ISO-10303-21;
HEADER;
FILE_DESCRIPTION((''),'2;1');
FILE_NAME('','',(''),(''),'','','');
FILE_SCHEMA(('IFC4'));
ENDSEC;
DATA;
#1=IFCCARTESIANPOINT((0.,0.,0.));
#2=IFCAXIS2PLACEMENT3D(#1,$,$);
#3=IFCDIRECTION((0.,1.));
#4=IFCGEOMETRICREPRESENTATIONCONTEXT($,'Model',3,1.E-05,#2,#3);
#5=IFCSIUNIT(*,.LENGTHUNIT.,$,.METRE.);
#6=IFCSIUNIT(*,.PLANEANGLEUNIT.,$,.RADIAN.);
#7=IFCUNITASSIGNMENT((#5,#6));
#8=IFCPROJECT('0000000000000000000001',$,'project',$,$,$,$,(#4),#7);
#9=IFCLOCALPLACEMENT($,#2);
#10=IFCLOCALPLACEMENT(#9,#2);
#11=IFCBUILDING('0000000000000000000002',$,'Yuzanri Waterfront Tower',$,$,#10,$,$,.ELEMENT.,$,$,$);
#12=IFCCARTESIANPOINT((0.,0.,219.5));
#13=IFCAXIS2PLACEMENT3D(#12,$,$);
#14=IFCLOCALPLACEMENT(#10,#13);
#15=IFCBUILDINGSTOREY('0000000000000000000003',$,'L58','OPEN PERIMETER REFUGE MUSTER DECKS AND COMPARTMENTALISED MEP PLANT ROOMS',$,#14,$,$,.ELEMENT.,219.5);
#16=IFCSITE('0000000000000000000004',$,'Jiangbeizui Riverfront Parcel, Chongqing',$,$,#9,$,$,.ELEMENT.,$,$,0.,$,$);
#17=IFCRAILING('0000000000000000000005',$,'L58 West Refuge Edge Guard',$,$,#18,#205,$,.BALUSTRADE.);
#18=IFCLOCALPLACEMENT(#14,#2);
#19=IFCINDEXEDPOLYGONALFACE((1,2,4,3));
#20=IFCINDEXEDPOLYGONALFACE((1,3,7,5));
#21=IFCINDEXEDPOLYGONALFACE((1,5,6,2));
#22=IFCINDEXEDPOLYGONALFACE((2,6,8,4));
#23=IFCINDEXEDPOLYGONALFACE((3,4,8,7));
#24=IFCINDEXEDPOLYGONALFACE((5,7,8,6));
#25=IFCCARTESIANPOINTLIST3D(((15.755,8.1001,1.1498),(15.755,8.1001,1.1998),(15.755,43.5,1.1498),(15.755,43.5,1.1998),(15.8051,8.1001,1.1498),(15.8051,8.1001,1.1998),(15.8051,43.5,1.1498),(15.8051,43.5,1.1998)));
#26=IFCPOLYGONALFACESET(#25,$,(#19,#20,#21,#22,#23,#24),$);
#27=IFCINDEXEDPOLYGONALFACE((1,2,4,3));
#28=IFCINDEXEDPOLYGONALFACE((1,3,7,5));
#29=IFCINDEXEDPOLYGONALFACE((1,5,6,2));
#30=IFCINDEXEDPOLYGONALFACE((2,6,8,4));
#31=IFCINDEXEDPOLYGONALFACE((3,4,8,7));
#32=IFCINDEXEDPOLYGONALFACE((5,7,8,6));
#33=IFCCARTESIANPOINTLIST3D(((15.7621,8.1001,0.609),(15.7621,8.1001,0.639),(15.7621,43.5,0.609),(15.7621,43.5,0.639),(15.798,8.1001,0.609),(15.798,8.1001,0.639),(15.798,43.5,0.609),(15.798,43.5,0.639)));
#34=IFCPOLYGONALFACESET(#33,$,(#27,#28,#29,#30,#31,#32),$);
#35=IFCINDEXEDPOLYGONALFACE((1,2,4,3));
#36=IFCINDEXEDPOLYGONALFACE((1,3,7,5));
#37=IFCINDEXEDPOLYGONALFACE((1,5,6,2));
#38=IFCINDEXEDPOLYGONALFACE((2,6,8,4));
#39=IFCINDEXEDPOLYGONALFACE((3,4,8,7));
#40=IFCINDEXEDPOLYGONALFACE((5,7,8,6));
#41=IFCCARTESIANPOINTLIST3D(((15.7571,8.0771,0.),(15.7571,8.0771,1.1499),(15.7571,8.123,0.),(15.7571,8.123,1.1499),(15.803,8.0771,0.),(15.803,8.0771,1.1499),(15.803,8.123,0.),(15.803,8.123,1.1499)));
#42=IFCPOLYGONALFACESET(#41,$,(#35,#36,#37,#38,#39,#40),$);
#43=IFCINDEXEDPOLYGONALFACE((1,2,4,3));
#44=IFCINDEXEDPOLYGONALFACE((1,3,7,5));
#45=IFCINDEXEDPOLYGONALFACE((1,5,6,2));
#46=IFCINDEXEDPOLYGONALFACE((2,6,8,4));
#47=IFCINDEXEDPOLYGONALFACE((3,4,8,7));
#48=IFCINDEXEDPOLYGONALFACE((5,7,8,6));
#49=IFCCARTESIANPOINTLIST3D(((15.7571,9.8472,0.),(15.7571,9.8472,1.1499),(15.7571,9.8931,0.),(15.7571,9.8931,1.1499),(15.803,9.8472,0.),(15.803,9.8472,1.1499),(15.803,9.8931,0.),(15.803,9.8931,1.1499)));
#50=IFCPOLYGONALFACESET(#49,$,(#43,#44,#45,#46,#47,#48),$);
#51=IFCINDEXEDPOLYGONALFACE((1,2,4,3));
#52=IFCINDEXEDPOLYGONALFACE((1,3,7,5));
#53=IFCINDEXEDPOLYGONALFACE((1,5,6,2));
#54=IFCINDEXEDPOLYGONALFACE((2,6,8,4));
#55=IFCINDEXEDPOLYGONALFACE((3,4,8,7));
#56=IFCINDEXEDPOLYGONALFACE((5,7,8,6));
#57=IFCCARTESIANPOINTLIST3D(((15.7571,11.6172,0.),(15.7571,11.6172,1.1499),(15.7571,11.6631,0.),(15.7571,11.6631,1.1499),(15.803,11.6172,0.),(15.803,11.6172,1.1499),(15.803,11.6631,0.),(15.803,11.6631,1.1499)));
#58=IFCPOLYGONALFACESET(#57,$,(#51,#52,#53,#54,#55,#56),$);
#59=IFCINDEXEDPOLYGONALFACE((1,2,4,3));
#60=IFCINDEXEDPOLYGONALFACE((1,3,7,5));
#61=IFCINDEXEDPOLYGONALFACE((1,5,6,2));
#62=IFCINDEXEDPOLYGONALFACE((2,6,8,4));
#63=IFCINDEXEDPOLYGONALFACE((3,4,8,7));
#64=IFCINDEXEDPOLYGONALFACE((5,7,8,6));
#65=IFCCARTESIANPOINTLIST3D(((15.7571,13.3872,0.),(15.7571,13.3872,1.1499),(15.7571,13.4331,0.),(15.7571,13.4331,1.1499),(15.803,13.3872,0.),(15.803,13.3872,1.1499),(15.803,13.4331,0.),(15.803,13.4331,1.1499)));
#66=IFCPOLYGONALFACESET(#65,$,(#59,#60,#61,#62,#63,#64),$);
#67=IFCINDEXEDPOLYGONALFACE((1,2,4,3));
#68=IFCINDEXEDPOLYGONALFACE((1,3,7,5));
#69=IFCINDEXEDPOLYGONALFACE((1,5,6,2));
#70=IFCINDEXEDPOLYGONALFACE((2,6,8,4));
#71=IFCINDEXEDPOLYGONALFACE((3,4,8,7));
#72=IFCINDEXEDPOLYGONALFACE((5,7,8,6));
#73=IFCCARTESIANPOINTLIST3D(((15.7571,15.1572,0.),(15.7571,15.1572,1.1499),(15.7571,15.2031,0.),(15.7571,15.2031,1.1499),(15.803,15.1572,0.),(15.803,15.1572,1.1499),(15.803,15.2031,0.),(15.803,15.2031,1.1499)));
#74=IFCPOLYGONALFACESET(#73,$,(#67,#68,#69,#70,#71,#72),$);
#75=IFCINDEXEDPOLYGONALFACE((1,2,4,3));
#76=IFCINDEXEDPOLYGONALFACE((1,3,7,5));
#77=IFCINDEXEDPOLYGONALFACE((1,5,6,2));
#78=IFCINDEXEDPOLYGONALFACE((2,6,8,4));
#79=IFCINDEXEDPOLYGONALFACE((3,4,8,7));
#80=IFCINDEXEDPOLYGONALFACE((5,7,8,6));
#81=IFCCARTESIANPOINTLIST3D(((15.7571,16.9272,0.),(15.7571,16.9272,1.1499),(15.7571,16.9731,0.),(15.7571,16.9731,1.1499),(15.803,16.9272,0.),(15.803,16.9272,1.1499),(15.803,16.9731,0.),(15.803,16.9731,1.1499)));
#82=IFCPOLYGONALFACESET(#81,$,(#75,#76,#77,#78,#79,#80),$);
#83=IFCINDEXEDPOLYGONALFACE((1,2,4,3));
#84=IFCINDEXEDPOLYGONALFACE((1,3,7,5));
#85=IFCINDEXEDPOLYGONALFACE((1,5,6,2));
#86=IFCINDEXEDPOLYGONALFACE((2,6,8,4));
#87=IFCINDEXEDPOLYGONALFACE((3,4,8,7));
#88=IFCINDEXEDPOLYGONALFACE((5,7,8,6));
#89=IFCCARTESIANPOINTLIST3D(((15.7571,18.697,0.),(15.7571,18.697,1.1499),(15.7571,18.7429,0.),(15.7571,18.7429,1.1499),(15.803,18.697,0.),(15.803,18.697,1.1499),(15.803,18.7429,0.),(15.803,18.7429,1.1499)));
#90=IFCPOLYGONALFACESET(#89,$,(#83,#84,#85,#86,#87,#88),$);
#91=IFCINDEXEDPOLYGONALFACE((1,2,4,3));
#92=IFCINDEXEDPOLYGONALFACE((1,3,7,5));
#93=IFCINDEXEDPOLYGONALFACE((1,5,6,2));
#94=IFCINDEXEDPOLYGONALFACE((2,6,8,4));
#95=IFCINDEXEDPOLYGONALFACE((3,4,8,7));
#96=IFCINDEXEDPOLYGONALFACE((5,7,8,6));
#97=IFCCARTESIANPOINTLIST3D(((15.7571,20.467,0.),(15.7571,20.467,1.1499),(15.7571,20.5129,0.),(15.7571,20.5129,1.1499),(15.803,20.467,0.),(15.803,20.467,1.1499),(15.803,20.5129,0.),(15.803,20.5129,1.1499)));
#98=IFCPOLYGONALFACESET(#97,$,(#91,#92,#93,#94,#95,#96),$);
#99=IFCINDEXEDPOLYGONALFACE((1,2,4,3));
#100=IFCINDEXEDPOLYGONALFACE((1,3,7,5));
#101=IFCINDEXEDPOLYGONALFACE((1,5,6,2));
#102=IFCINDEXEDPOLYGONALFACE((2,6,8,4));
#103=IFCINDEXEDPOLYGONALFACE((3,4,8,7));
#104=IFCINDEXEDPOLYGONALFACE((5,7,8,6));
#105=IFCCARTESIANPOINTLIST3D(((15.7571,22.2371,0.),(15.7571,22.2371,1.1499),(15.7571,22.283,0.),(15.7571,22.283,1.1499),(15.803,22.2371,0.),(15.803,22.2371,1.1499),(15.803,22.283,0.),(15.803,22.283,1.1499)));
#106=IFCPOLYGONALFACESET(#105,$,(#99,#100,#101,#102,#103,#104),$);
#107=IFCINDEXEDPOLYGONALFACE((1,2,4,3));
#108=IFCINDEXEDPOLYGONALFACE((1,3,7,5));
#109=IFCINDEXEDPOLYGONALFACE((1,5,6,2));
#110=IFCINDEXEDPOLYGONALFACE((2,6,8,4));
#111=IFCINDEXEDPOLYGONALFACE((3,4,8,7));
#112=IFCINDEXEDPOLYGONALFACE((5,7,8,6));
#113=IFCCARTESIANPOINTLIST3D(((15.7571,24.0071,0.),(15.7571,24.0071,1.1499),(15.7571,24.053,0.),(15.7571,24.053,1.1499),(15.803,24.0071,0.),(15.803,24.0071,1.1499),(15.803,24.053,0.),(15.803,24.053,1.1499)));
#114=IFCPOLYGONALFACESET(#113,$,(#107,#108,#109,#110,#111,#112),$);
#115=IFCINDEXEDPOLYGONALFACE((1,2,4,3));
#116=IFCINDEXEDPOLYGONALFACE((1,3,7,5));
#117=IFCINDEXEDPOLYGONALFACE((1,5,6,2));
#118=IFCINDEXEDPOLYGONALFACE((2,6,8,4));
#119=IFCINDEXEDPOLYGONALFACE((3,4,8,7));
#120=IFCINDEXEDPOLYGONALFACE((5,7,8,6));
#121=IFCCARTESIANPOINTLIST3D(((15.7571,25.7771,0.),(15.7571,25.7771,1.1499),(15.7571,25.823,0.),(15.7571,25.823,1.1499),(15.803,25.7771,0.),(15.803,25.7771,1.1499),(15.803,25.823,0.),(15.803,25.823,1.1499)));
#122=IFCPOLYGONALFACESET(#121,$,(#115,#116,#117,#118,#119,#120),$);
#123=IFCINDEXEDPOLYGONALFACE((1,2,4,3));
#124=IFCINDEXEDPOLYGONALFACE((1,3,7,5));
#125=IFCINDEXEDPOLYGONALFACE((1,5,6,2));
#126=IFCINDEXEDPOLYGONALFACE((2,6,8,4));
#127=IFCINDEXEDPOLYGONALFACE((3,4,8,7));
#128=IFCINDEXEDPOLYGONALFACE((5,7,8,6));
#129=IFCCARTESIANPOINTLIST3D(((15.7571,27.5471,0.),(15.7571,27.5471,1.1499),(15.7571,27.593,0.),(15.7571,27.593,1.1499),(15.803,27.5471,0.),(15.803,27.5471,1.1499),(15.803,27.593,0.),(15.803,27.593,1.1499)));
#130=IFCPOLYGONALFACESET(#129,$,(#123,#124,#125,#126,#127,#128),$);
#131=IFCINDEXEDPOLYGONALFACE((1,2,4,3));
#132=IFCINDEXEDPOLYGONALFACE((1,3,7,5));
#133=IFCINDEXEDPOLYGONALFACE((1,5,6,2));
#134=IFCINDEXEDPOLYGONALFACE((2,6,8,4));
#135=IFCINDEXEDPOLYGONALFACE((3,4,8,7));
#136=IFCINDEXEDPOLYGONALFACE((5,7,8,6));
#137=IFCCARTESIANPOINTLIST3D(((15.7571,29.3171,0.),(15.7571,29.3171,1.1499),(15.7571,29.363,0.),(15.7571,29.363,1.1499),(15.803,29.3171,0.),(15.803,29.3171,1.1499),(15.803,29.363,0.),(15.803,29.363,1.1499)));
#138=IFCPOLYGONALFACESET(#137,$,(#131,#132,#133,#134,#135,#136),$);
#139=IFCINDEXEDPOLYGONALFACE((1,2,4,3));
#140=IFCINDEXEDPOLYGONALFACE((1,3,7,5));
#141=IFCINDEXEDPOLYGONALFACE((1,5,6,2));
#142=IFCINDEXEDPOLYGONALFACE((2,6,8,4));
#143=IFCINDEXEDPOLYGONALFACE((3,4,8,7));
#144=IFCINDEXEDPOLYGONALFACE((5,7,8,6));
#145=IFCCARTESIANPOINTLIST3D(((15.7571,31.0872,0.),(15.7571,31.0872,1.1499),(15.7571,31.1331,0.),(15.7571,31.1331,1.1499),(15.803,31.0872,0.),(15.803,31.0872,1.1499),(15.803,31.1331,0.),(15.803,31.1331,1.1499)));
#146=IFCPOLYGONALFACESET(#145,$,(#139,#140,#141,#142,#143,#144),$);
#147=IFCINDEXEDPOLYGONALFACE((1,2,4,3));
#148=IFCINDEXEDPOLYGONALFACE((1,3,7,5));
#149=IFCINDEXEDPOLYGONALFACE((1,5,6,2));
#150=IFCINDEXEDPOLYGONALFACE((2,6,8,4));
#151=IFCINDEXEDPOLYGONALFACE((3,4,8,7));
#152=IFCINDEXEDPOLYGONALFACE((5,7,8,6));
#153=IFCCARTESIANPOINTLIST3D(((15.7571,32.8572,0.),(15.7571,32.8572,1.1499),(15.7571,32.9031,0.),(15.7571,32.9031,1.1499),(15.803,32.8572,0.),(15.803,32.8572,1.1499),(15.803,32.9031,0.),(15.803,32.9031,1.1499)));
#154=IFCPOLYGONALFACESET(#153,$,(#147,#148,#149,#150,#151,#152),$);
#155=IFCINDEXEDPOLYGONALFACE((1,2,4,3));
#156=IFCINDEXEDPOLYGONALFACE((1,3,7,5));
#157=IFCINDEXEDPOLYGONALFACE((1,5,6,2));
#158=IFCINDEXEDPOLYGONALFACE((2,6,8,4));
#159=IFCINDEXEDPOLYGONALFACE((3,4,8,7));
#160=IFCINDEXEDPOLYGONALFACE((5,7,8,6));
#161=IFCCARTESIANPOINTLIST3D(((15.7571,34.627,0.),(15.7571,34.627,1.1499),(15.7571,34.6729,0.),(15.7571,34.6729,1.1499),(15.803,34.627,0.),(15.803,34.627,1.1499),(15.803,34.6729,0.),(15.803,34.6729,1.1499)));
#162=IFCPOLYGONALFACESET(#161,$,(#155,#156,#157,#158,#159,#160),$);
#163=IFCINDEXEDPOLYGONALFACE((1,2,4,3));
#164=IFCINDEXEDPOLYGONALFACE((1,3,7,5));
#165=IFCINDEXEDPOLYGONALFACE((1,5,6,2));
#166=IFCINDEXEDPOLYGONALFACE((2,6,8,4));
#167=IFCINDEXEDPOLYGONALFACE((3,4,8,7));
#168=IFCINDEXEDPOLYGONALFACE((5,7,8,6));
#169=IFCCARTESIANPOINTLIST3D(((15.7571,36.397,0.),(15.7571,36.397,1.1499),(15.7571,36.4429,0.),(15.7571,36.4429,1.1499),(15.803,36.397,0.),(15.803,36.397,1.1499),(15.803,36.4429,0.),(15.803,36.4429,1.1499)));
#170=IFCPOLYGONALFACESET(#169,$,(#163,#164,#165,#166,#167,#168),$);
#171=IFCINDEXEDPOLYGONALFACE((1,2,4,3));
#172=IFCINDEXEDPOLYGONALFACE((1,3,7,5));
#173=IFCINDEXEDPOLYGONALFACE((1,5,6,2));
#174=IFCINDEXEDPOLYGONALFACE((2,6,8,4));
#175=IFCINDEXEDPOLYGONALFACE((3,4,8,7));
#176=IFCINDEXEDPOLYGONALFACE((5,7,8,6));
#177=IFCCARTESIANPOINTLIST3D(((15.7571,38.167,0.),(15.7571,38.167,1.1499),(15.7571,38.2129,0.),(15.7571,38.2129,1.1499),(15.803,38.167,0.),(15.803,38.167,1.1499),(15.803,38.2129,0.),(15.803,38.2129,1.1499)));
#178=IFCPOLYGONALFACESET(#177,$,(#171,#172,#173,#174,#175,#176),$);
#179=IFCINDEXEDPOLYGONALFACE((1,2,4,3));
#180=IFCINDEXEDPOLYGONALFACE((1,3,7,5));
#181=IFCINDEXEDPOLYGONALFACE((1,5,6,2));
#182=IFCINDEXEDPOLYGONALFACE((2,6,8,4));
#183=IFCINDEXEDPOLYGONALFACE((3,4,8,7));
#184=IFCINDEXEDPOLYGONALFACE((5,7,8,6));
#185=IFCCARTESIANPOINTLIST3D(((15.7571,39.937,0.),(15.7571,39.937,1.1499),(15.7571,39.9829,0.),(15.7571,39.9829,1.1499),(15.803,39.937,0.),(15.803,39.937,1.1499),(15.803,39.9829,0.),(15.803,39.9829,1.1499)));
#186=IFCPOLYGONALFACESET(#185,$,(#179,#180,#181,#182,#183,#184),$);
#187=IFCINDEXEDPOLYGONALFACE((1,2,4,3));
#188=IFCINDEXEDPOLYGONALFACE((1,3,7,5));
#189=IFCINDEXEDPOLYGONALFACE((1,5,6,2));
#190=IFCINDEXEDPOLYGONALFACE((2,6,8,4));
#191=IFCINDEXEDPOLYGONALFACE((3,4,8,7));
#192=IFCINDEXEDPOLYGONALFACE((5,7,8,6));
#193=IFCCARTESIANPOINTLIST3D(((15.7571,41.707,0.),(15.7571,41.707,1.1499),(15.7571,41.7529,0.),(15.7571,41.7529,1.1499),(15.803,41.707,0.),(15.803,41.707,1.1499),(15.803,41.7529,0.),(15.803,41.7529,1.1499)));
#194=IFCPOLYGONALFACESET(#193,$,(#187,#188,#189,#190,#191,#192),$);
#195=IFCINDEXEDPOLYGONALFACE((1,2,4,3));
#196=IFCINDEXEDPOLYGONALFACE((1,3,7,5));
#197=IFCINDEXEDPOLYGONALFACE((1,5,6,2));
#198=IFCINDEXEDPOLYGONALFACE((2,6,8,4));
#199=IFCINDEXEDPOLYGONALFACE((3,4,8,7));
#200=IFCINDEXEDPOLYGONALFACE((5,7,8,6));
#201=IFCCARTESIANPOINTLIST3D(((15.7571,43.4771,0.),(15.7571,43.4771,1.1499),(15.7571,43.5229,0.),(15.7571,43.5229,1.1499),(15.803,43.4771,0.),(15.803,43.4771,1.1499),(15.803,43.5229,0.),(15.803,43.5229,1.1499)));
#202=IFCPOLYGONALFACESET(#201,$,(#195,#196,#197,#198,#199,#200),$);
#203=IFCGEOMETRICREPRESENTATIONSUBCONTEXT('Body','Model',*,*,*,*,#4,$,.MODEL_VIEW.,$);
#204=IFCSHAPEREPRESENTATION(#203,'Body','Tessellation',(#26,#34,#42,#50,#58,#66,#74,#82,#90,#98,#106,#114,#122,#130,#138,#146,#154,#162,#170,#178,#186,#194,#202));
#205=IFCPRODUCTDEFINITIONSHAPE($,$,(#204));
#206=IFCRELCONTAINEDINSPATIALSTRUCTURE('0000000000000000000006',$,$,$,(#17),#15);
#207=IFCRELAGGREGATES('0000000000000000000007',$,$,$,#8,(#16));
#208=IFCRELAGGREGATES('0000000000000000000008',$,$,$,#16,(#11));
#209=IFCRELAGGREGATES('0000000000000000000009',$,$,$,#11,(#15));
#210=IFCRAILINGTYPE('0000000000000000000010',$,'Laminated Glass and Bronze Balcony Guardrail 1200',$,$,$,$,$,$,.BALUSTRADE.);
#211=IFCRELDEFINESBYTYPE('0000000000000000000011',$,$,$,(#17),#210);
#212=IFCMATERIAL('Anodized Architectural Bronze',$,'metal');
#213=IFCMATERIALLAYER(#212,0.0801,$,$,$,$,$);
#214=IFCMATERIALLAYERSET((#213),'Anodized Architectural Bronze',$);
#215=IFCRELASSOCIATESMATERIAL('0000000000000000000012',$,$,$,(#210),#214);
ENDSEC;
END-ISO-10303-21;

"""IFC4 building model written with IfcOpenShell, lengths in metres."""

from ifc_helpers import new_model, si_unit, direction, frame, origin, origin_2d, place, context, subcontext, project, spatial, rectangle, extrude, source, transform, mapped, material, layer, layer_set, type_object, element, save


model = new_model("IFC4")

# Units and contexts
model_context = context("Model", 3, precision=1e-05, world=origin(), true_north=direction((0.0, 1.0)))
body_context = subcontext(model_context, "Body", "Model", "MODEL_VIEW")
ifc_project = project(units=[si_unit("LENGTHUNIT", "METRE"), si_unit("PLANEANGLEUNIT", "RADIAN")], contexts=[model_context])

# Site, building, storey
site_placement = place(None, origin())
site = spatial("IfcSite", under=ifc_project, at=site_placement, Name="Jiangbeizui Riverfront Parcel, Chongqing", CompositionType="ELEMENT", RefElevation=0.0)
building_placement = place(site_placement, origin())
building = spatial("IfcBuilding", under=site, at=building_placement, Name="Yuzanri Waterfront Tower", CompositionType="ELEMENT")
storey_placement = place(building_placement, frame((0.0, 0.0, 219.5)))
storey = spatial("IfcBuildingStorey", under=building, at=storey_placement, Name="L58", Description="OPEN PERIMETER REFUGE MUSTER DECKS AND COMPARTMENTALISED MEP PLANT ROOMS", CompositionType="ELEMENT", Elevation=219.5)

# Railing
ifc_material_1 = material(Name="Anodized Architectural Bronze", Category="metal")
ifc_layer_1 = layer(ifc_material_1, 0.0801)
ifc_layer_set_1 = layer_set([ifc_layer_1], Name="Anodized Architectural Bronze")
railing_type = type_object("IfcRailingType", Name="Laminated Glass and Bronze Balcony Guardrail 1200", PredefinedType="BALUSTRADE", material=ifc_layer_set_1)
shared_shape_1 = source(origin(), body_context, "Body", "SweptSolid", [
    extrude(rectangle(XDim=0.05, YDim=0.05, at=origin_2d()), frame((0.0, 0.0, 1.1748), z_axis=(0.0, 1.0, 0.0), x_axis=(-1.0, 0.0, 0.0)), (0.0, 0.0, 1.0), 35.3999),
    extrude(rectangle(XDim=0.0359, YDim=0.03, at=origin_2d()), frame((0.0, 0.0, 0.624), z_axis=(0.0, 1.0, 0.0), x_axis=(-1.0, 0.0, 0.0)), (0.0, 0.0, 1.0), 35.3999),
    extrude(rectangle(XDim=0.0459, YDim=0.0459, at=origin_2d()), origin(), (0.0, 0.0, 1.0), 1.1499),
    extrude(rectangle(XDim=0.0459, YDim=0.0459, at=origin_2d()), frame((0.0, 1.77, 0.0)), (0.0, 0.0, 1.0), 1.1499),
    extrude(rectangle(XDim=0.0459, YDim=0.0459, at=origin_2d()), frame((0.0, 3.54, 0.0)), (0.0, 0.0, 1.0), 1.1499),
    extrude(rectangle(XDim=0.0459, YDim=0.0459, at=origin_2d()), frame((0.0, 5.3101, 0.0)), (0.0, 0.0, 1.0), 1.1499),
    extrude(rectangle(XDim=0.0459, YDim=0.0459, at=origin_2d()), frame((0.0, 7.0801, 0.0)), (0.0, 0.0, 1.0), 1.1499),
    extrude(rectangle(XDim=0.0459, YDim=0.0459, at=origin_2d()), frame((0.0, 8.8501, 0.0)), (0.0, 0.0, 1.0), 1.1499),
    extrude(rectangle(XDim=0.0459, YDim=0.0459, at=origin_2d()), frame((0.0, 10.6199, 0.0)), (0.0, 0.0, 1.0), 1.1499),
    extrude(rectangle(XDim=0.0459, YDim=0.0459, at=origin_2d()), frame((0.0, 12.3899, 0.0)), (0.0, 0.0, 1.0), 1.1499),
    extrude(rectangle(XDim=0.0459, YDim=0.0459, at=origin_2d()), frame((0.0, 14.1599, 0.0)), (0.0, 0.0, 1.0), 1.1499),
    extrude(rectangle(XDim=0.0459, YDim=0.0459, at=origin_2d()), frame((0.0, 15.9299, 0.0)), (0.0, 0.0, 1.0), 1.1499),
    extrude(rectangle(XDim=0.0459, YDim=0.0459, at=origin_2d()), frame((0.0, 17.7, 0.0)), (0.0, 0.0, 1.0), 1.1499),
    extrude(rectangle(XDim=0.0459, YDim=0.0459, at=origin_2d()), frame((0.0, 19.47, 0.0)), (0.0, 0.0, 1.0), 1.1499),
    extrude(rectangle(XDim=0.0459, YDim=0.0459, at=origin_2d()), frame((0.0, 21.24, 0.0)), (0.0, 0.0, 1.0), 1.1499),
    extrude(rectangle(XDim=0.0459, YDim=0.0459, at=origin_2d()), frame((0.0, 23.01, 0.0)), (0.0, 0.0, 1.0), 1.1499),
    extrude(rectangle(XDim=0.0459, YDim=0.0459, at=origin_2d()), frame((0.0, 24.78, 0.0)), (0.0, 0.0, 1.0), 1.1499),
    extrude(rectangle(XDim=0.0459, YDim=0.0459, at=origin_2d()), frame((0.0, 26.5498, 0.0)), (0.0, 0.0, 1.0), 1.1499),
    extrude(rectangle(XDim=0.0459, YDim=0.0459, at=origin_2d()), frame((0.0, 28.3198, 0.0)), (0.0, 0.0, 1.0), 1.1499),
    extrude(rectangle(XDim=0.0459, YDim=0.0459, at=origin_2d()), frame((0.0, 30.0898, 0.0)), (0.0, 0.0, 1.0), 1.1499),
    extrude(rectangle(XDim=0.0459, YDim=0.0459, at=origin_2d()), frame((0.0, 31.8599, 0.0)), (0.0, 0.0, 1.0), 1.1499),
    extrude(rectangle(XDim=0.0459, YDim=0.0459, at=origin_2d()), frame((0.0, 33.6299, 0.0)), (0.0, 0.0, 1.0), 1.1499),
    extrude(rectangle(XDim=0.0459, YDim=0.0459, at=origin_2d()), frame((0.0, 35.3999, 0.0)), (0.0, 0.0, 1.0), 1.1499),
])
railing_1_placement = place(storey_placement, frame((15.78, 8.1001, 0.0)))
element("IfcRailing", 1, at=railing_1_placement, inside=storey, type_object=railing_type, Name="L58 West Refuge Edge Guard", PredefinedType="BALUSTRADE", context=body_context, shape_type="MappedRepresentation", body=[
    mapped(shared_shape_1, transform((0.0, 0.0, 0.0), scale=1.0)),
])

save(model, "model.ifc")
